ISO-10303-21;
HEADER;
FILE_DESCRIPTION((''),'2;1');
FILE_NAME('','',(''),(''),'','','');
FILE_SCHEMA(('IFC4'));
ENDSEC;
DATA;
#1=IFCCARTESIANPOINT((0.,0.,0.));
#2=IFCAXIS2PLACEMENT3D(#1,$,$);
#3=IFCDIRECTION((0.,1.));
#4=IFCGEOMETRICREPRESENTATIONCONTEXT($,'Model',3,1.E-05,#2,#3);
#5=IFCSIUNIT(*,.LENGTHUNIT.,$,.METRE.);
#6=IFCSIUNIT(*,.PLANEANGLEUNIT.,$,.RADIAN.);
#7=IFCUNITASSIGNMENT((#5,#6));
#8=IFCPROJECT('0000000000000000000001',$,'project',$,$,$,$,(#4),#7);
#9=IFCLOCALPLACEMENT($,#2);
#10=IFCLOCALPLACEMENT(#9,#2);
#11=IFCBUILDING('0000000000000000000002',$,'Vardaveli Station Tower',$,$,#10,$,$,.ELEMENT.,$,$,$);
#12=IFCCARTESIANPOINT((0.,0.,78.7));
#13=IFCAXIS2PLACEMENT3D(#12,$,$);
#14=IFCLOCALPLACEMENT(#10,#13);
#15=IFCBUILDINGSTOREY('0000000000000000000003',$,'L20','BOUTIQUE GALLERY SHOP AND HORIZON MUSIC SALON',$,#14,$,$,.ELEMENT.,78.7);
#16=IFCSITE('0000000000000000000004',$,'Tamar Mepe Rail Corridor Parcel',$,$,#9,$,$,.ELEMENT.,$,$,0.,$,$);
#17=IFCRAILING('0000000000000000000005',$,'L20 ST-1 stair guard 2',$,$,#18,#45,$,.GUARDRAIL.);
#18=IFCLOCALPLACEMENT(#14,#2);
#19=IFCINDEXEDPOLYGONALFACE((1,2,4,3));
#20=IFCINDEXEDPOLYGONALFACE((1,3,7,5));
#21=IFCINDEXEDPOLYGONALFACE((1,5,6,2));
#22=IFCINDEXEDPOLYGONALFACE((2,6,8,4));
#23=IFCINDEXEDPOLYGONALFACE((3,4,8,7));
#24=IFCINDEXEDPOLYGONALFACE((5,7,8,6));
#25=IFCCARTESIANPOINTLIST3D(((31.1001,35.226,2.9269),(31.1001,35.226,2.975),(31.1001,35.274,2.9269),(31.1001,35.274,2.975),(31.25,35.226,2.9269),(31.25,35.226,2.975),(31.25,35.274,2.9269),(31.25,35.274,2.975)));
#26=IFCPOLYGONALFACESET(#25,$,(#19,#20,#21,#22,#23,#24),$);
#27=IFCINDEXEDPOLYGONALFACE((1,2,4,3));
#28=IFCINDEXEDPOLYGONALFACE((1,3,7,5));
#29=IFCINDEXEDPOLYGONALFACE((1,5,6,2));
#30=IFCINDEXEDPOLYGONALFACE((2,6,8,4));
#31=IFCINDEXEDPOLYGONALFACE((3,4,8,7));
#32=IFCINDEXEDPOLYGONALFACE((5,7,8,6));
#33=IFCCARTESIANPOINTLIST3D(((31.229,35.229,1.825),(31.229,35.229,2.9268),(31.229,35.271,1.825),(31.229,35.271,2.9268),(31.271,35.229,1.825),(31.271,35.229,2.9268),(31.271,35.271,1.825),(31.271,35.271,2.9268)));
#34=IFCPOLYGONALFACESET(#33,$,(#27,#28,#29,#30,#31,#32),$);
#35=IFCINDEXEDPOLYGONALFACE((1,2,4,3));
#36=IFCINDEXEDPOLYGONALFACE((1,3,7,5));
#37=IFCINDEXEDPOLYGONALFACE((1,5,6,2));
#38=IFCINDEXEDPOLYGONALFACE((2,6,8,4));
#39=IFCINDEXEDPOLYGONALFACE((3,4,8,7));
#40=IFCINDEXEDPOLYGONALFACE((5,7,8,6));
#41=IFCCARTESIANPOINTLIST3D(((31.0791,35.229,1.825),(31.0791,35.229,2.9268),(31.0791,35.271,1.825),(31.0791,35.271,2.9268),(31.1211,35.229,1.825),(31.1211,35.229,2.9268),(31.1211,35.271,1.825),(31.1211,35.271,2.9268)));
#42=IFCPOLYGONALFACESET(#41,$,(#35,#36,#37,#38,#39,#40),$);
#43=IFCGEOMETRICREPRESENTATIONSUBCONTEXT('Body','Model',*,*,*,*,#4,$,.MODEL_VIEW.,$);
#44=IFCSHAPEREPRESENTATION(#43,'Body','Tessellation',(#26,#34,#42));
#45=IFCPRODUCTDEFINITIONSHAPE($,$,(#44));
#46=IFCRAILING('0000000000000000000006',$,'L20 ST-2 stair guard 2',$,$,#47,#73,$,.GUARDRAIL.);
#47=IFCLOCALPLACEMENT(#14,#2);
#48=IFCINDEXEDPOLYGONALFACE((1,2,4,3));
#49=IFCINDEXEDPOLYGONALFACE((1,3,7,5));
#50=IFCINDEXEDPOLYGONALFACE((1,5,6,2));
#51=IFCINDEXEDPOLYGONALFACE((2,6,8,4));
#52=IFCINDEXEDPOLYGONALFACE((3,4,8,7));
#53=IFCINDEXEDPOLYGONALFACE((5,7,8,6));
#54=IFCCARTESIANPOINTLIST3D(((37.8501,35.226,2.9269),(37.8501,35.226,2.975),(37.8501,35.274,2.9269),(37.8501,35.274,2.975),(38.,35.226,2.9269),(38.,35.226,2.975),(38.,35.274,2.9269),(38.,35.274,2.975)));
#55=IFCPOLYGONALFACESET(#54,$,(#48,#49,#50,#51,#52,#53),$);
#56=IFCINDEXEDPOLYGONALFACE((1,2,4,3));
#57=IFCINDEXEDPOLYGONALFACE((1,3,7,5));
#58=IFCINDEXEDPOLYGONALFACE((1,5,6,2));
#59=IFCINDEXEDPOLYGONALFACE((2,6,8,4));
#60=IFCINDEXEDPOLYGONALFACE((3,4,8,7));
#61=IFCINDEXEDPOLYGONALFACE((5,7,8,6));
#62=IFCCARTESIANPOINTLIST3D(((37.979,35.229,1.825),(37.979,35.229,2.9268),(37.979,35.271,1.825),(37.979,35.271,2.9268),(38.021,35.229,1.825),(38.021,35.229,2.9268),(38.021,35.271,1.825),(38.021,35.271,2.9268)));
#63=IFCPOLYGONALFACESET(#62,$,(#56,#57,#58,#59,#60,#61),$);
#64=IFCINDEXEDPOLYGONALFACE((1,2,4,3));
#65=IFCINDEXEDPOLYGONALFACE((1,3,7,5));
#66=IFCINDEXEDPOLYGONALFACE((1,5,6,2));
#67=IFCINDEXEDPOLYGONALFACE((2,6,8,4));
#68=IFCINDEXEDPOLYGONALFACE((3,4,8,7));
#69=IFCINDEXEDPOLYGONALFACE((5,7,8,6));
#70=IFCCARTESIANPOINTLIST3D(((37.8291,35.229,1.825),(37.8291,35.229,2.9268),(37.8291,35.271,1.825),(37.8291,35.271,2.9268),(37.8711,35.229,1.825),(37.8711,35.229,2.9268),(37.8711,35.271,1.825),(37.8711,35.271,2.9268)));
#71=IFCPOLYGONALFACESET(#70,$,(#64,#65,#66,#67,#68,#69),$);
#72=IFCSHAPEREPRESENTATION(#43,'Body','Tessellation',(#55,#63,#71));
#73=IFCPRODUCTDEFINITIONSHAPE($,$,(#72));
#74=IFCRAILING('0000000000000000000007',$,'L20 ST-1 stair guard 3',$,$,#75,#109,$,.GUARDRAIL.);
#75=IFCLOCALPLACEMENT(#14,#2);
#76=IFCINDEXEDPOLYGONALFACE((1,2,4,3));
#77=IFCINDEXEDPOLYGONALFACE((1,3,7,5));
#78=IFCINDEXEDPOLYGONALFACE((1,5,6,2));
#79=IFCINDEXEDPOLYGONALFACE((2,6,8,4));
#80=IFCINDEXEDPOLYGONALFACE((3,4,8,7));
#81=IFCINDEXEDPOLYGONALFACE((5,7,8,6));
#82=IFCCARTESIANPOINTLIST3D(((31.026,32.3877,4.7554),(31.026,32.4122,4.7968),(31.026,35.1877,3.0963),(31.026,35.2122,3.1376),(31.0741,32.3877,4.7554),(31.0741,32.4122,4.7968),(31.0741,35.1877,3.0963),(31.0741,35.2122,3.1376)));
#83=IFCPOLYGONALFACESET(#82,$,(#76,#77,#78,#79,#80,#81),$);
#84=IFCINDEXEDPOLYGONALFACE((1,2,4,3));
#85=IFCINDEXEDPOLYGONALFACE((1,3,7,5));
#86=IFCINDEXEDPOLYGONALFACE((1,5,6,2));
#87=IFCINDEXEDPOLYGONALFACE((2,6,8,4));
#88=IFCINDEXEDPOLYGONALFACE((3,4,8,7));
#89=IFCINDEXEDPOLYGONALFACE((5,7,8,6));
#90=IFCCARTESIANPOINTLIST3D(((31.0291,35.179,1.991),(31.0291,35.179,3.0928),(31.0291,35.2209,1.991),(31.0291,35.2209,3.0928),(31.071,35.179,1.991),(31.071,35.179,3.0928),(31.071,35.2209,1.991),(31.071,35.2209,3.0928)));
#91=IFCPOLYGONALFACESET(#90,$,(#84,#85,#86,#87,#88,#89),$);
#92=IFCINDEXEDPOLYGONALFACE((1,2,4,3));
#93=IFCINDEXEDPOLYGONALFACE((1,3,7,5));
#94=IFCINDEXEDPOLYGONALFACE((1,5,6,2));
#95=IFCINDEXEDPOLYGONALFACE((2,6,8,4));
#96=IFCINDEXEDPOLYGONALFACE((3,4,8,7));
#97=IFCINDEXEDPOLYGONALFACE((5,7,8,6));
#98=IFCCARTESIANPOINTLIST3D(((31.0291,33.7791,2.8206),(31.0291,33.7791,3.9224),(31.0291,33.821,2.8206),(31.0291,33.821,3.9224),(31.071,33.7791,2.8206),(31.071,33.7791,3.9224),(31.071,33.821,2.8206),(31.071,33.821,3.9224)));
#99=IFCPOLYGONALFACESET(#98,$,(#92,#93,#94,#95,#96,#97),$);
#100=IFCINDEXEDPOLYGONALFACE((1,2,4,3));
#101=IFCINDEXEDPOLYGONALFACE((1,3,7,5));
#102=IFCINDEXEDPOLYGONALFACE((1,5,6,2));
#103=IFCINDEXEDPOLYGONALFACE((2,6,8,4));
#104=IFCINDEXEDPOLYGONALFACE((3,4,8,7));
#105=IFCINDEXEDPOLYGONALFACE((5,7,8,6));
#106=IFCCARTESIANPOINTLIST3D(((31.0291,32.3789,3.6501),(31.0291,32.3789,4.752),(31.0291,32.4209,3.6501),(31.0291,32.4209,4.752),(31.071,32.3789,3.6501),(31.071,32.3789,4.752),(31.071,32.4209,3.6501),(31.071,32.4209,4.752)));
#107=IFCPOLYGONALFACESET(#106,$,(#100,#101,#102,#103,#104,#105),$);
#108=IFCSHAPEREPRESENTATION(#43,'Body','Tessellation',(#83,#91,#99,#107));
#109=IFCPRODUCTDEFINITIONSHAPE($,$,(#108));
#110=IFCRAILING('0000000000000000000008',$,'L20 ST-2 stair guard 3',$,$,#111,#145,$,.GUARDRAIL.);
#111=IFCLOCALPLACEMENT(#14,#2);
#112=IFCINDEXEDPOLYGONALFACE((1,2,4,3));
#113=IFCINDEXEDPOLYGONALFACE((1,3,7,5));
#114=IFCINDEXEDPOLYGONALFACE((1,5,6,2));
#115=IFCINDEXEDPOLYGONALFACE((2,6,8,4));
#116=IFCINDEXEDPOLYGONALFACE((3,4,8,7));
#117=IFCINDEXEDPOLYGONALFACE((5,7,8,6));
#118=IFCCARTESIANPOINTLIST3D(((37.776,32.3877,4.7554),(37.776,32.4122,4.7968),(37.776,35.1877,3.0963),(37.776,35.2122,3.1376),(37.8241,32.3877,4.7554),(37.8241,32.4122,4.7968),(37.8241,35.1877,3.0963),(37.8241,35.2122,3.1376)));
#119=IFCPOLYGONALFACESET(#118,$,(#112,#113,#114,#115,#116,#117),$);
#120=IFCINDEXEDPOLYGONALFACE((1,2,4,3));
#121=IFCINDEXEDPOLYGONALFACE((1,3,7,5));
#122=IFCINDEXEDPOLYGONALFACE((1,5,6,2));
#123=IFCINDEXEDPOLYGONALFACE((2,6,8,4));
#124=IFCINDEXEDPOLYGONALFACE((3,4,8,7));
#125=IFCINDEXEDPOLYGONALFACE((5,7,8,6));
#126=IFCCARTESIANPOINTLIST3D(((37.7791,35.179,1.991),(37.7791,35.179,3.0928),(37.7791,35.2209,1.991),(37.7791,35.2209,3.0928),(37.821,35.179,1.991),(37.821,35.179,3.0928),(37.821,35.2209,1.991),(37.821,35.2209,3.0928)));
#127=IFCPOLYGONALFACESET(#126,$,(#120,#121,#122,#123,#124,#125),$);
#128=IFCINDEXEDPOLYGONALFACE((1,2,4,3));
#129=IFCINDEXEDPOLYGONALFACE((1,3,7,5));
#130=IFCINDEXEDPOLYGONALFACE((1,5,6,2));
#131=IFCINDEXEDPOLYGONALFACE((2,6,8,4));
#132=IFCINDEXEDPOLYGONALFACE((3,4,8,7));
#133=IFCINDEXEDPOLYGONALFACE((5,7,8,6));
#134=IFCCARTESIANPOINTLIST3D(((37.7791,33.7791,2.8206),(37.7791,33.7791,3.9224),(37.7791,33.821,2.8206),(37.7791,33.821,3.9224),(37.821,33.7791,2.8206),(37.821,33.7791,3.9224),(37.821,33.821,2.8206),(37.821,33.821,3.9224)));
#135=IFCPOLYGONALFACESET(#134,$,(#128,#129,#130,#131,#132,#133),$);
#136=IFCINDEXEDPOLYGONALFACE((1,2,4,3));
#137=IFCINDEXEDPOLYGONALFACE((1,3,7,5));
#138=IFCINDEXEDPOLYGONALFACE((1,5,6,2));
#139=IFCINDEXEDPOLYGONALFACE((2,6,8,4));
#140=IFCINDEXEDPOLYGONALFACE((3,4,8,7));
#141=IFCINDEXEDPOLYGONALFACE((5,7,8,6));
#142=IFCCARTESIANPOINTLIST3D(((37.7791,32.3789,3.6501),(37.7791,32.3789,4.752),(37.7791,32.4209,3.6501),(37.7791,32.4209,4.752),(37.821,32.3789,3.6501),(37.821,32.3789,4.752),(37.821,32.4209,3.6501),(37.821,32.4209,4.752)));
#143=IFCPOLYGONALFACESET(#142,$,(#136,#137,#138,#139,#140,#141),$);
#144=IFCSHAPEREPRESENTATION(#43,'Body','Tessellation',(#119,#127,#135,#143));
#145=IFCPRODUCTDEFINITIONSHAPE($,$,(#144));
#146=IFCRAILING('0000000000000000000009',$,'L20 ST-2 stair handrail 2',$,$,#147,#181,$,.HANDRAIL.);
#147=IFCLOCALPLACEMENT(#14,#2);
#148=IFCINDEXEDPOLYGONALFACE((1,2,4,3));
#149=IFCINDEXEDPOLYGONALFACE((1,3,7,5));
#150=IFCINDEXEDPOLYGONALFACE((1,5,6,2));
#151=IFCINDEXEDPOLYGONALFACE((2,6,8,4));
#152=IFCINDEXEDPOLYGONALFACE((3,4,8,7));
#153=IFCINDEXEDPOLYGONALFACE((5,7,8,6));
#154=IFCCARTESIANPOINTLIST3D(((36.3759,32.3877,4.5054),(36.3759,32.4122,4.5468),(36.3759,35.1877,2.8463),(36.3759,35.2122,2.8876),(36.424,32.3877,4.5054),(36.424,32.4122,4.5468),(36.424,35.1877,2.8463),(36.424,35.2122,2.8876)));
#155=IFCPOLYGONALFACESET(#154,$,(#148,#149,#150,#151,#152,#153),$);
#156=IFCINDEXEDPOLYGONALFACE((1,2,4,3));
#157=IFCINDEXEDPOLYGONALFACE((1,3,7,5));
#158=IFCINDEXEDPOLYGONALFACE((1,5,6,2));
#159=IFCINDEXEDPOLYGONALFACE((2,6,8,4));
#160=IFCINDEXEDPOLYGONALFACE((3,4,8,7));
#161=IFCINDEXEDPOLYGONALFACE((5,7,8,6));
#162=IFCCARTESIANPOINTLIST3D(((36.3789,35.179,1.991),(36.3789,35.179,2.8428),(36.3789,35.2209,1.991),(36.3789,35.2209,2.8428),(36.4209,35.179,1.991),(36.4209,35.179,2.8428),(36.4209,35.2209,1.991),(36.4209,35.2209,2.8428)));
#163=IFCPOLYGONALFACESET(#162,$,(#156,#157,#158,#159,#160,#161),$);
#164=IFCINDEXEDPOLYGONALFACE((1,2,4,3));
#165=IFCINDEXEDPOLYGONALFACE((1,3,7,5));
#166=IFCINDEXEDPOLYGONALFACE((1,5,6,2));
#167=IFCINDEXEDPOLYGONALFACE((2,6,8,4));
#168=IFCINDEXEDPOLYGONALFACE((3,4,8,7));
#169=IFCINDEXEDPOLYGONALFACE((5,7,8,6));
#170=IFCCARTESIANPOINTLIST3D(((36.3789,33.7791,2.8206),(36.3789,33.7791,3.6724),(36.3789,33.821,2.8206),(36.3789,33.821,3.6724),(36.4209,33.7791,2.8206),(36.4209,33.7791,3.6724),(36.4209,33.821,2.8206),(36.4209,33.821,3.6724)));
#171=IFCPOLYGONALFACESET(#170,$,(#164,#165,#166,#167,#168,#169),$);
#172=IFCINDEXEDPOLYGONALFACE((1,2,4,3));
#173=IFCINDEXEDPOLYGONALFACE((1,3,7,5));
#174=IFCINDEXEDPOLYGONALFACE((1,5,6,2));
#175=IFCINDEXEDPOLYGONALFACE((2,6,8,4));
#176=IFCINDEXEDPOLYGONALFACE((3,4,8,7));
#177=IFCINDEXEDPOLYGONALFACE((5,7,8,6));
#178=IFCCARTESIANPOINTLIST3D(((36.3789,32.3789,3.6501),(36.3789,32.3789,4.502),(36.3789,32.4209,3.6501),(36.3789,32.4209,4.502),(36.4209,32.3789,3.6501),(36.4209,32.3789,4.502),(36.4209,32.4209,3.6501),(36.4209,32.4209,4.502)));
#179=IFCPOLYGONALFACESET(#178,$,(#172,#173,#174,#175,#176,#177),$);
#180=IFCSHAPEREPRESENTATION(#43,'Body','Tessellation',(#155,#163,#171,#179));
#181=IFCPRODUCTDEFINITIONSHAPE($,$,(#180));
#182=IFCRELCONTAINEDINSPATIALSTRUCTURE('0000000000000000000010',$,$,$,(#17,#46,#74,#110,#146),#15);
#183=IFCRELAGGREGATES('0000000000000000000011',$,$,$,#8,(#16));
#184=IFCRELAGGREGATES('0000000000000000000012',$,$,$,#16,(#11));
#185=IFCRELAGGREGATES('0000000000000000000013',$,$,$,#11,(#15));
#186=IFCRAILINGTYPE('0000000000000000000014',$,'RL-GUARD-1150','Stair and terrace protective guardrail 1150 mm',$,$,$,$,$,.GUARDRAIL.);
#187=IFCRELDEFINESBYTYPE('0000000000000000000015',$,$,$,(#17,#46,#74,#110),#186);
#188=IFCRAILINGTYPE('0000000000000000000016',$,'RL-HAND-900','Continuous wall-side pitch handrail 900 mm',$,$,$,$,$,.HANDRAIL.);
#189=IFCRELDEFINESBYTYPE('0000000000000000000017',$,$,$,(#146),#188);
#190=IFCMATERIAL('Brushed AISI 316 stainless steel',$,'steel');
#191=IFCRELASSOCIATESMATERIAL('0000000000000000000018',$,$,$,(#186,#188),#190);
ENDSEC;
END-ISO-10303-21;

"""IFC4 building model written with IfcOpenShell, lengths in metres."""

from ifc_helpers import new_model, si_unit, direction, frame, origin, origin_2d, place, context, subcontext, project, spatial, rectangle, extrude, source, transform, mapped, material, type_object, element, save


model = new_model("IFC4")

# Units and contexts
model_context = context("Model", 3, precision=1e-05, world=origin(), true_north=direction((0.0, 1.0)))
body_context = subcontext(model_context, "Body", "Model", "MODEL_VIEW")
ifc_project = project(units=[si_unit("LENGTHUNIT", "METRE"), si_unit("PLANEANGLEUNIT", "RADIAN")], contexts=[model_context])

# Site, building, storey
site_placement = place(None, origin())
site = spatial("IfcSite", under=ifc_project, at=site_placement, Name="Tamar Mepe Rail Corridor Parcel", CompositionType="ELEMENT", RefElevation=0.0)
building_placement = place(site_placement, origin())
building = spatial("IfcBuilding", under=site, at=building_placement, Name="Vardaveli Station Tower", CompositionType="ELEMENT")
storey_placement = place(building_placement, frame((0.0, 0.0, 78.7)))
storey = spatial("IfcBuildingStorey", under=building, at=storey_placement, Name="L20", Description="BOUTIQUE GALLERY SHOP AND HORIZON MUSIC SALON", CompositionType="ELEMENT", Elevation=78.7)

# Railings
ifc_material_1 = material(Name="Brushed AISI 316 stainless steel", Category="steel")
railing_type_1 = type_object("IfcRailingType", Name="RL-GUARD-1150", Description="Stair and terrace protective guardrail 1150 mm", PredefinedType="GUARDRAIL", material=ifc_material_1)
shared_shape_1 = source(origin(), body_context, "Body", "SweptSolid", [
    extrude(rectangle(XDim=0.0481, YDim=0.0481, at=origin_2d()), frame((0.0, 0.0, 1.126), z_axis=(-1.0, 0.0, 0.0), x_axis=(0.0, -1.0, 0.0)), (0.0, 0.0, 1.0), 0.1499),
    extrude(rectangle(XDim=0.042, YDim=0.042, at=origin_2d()), origin(), (0.0, 0.0, 1.0), 1.1018),
    extrude(rectangle(XDim=0.042, YDim=0.042, at=origin_2d()), frame((-0.1499, 0.0, 0.0)), (0.0, 0.0, 1.0), 1.1018),
])
for number, where, name in (
    (1, (31.25, 35.25, 1.825), "L20 ST-1 stair guard 2"),
    (2, (38.0, 35.25, 1.825), "L20 ST-2 stair guard 2"),
):
    element("IfcRailing", number, at=place(storey_placement, frame(where)), inside=storey, type_object=railing_type_1, Name=name, PredefinedType="GUARDRAIL", context=body_context, shape_type="MappedRepresentation", body=[
        mapped(shared_shape_1, transform((0.0, 0.0, 0.0), scale=1.0)),
    ])
shared_shape_2 = source(origin(), body_context, "Body", "SweptSolid", [
    extrude(rectangle(XDim=0.0481, YDim=0.0481, at=origin_2d()), frame((0.0, 0.0, 1.126), z_axis=(0.0, -0.860306, 0.509778), x_axis=(1.0, 0.0, 0.0)), (0.0, 0.0, 1.0), 3.2546),
    extrude(rectangle(XDim=0.042, YDim=0.042, at=origin_2d()), origin(), (0.0, 0.0, 1.0), 1.1018),
    extrude(rectangle(XDim=0.042, YDim=0.042, at=origin_2d()), frame((0.0, -1.3999, 0.8296)), (0.0, 0.0, 1.0), 1.1018),
    extrude(rectangle(XDim=0.042, YDim=0.042, at=origin_2d()), frame((0.0, -2.8, 1.6592)), (0.0, 0.0, 1.0), 1.1018),
])
for number, where, name in (
    (3, (31.05, 35.2, 1.991), "L20 ST-1 stair guard 3"),
    (4, (37.8, 35.2, 1.991), "L20 ST-2 stair guard 3"),
):
    element("IfcRailing", number, at=place(storey_placement, frame(where)), inside=storey, type_object=railing_type_1, Name=name, PredefinedType="GUARDRAIL", context=body_context, shape_type="MappedRepresentation", body=[
        mapped(shared_shape_2, transform((0.0, 0.0, 0.0), scale=1.0)),
    ])
railing_type_2 = type_object("IfcRailingType", Name="RL-HAND-900", Description="Continuous wall-side pitch handrail 900 mm", PredefinedType="HANDRAIL", material=ifc_material_1)
shared_shape_3 = source(origin(), body_context, "Body", "SweptSolid", [
    extrude(rectangle(XDim=0.0481, YDim=0.0481, at=origin_2d()), frame((0.0, 0.0, 0.876), z_axis=(0.0, -0.860306, 0.509778), x_axis=(1.0, 0.0, 0.0)), (0.0, 0.0, 1.0), 3.2546),
    extrude(rectangle(XDim=0.042, YDim=0.042, at=origin_2d()), origin(), (0.0, 0.0, 1.0), 0.8518),
    extrude(rectangle(XDim=0.042, YDim=0.042, at=origin_2d()), frame((0.0, -1.3999, 0.8296)), (0.0, 0.0, 1.0), 0.8518),
    extrude(rectangle(XDim=0.042, YDim=0.042, at=origin_2d()), frame((0.0, -2.8, 1.6592)), (0.0, 0.0, 1.0), 0.8518),
])
railing_1_placement = place(storey_placement, frame((36.3999, 35.2, 1.991)))
element("IfcRailing", 5, at=railing_1_placement, inside=storey, type_object=railing_type_2, Name="L20 ST-2 stair handrail 2", PredefinedType="HANDRAIL", context=body_context, shape_type="MappedRepresentation", body=[
    mapped(shared_shape_3, transform((0.0, 0.0, 0.0), scale=1.0)),
])

save(model, "model.ifc")
